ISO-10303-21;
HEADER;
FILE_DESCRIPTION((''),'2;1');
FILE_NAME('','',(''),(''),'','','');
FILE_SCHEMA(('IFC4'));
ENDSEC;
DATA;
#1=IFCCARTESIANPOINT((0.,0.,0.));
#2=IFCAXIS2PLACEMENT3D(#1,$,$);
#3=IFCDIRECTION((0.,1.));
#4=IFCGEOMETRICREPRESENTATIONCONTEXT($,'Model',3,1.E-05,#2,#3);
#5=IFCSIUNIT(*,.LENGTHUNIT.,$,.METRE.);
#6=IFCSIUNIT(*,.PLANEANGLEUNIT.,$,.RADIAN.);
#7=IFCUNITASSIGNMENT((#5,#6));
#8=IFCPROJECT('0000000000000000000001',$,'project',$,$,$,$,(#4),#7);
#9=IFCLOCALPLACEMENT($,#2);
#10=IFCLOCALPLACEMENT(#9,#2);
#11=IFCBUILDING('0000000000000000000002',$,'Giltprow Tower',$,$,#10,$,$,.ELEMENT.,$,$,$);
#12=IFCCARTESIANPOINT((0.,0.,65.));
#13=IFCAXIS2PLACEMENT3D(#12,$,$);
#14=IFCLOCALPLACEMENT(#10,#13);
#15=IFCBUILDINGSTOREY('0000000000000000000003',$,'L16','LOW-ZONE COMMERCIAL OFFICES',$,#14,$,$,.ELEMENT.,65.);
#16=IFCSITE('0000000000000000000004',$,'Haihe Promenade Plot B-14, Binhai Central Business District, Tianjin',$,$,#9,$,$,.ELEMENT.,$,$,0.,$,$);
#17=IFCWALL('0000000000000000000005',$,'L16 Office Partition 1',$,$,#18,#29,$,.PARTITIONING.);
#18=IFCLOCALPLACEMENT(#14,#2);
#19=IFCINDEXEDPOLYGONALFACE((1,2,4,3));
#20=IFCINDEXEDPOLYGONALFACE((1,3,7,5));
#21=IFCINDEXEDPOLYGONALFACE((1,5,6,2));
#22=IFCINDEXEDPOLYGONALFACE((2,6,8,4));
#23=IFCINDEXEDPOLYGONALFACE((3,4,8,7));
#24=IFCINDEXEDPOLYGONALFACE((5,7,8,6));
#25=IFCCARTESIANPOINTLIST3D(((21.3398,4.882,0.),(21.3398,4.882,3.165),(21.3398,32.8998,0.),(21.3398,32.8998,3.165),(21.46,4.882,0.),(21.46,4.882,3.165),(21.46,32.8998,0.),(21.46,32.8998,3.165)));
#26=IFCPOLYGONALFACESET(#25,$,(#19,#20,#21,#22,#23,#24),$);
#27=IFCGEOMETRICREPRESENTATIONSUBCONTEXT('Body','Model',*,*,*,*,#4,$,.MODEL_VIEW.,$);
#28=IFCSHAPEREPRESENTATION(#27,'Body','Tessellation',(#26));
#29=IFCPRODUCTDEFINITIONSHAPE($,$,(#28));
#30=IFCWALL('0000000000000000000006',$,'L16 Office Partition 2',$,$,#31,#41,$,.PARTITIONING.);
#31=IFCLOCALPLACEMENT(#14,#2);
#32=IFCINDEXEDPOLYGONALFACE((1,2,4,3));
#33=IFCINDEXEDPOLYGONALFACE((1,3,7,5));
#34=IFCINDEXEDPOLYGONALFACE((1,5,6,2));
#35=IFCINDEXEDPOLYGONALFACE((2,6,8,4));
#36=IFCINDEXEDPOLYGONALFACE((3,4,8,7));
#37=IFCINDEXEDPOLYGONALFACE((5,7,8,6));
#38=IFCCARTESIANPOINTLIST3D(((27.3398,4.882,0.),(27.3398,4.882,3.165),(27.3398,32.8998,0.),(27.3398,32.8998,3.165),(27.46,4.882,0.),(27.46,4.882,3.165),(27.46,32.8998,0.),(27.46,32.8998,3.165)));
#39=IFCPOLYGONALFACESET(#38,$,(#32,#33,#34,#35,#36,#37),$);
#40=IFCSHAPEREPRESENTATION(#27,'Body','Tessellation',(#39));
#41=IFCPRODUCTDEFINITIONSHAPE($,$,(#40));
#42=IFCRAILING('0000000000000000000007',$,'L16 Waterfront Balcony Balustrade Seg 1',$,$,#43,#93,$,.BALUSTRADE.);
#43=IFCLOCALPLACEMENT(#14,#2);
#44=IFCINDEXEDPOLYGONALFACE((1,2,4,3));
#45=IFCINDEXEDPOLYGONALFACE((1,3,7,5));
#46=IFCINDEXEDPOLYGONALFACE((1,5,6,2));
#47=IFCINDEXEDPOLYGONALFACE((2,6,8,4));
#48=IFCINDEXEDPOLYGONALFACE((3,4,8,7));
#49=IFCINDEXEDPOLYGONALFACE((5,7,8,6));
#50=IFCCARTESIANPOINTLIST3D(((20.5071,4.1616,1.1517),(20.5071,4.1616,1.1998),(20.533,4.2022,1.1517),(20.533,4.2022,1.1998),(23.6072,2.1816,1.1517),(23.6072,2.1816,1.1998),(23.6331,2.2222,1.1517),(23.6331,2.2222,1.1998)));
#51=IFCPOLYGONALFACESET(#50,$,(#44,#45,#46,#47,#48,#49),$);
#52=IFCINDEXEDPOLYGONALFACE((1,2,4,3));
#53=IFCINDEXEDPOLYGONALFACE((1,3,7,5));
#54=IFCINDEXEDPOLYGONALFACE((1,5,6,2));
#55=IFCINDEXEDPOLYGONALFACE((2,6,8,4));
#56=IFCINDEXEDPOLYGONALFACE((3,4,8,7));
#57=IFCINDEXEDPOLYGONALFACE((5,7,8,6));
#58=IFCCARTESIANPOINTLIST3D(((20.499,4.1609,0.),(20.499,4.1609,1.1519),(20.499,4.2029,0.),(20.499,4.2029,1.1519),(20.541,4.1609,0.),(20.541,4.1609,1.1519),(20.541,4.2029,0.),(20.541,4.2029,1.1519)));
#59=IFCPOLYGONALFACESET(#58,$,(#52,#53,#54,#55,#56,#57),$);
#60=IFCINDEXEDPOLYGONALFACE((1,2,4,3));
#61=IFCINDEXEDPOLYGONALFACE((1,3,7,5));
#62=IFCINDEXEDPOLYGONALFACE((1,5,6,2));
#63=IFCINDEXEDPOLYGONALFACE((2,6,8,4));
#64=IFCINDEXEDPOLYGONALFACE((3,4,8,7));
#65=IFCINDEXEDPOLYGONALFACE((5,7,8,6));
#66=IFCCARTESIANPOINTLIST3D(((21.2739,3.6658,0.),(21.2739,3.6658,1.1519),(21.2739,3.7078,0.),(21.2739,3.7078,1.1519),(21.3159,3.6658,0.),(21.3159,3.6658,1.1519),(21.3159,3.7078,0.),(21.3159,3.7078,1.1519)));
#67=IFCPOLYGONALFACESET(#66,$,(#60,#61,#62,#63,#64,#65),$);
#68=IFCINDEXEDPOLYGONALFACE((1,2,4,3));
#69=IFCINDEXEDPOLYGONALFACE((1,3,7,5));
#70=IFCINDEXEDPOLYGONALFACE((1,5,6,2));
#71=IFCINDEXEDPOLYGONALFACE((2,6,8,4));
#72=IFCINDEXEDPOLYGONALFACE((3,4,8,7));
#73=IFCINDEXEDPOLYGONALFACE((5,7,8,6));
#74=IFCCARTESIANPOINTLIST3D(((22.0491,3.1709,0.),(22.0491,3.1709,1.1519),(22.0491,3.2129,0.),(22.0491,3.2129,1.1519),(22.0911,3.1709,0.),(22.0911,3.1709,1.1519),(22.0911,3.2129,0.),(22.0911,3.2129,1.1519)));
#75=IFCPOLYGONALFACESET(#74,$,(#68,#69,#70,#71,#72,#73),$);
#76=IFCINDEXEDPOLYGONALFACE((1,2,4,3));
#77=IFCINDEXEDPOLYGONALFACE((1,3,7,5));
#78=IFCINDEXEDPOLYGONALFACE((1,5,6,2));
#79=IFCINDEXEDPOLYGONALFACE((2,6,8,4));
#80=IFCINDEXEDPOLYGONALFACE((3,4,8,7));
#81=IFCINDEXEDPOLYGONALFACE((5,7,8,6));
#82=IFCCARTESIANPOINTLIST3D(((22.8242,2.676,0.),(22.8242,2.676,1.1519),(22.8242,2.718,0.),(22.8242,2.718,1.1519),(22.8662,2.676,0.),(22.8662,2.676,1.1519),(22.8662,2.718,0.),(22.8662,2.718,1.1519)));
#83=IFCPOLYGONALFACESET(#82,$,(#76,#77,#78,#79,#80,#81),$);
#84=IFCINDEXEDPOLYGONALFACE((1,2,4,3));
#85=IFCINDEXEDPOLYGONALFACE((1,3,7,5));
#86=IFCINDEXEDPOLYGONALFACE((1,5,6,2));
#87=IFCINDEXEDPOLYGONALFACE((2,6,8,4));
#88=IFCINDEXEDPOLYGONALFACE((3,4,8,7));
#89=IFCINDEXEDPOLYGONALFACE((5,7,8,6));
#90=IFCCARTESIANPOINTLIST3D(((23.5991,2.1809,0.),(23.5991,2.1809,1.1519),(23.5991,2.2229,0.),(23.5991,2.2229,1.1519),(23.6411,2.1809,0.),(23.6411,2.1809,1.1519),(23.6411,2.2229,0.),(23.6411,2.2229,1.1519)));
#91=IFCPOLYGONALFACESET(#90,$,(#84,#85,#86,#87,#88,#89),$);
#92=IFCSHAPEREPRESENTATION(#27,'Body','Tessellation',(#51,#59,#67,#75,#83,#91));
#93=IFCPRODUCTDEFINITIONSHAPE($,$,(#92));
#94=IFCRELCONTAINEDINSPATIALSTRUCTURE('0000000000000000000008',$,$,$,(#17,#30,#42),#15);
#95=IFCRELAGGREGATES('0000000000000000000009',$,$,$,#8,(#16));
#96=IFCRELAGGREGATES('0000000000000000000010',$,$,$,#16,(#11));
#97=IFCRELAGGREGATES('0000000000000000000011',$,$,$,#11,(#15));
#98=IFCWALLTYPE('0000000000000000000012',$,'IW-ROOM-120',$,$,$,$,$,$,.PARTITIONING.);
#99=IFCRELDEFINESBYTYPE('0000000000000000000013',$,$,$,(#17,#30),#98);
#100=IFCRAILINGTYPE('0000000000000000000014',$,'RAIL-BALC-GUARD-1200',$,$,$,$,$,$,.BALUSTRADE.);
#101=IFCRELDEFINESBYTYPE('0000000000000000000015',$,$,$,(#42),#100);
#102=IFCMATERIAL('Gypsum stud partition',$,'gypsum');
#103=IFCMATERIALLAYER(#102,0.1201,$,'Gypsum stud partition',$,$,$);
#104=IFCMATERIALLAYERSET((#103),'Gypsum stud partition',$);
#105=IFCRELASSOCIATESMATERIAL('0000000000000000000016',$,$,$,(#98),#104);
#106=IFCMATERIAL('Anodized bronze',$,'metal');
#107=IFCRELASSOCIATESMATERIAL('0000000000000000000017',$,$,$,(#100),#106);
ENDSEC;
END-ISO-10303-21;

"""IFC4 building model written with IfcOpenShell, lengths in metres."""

from ifc_helpers import new_model, si_unit, direction, frame, frame_2d, origin, origin_2d, place, context, subcontext, project, spatial, rectangle, extrude, material, layer, layer_set, type_object, element, save


model = new_model("IFC4")

# Units and contexts
model_context = context("Model", 3, precision=1e-05, world=origin(), true_north=direction((0.0, 1.0)))
body_context = subcontext(model_context, "Body", "Model", "MODEL_VIEW")
ifc_project = project(units=[si_unit("LENGTHUNIT", "METRE"), si_unit("PLANEANGLEUNIT", "RADIAN")], contexts=[model_context])

# Site, building, storey
site_placement = place(None, origin())
site = spatial("IfcSite", under=ifc_project, at=site_placement, Name="Haihe Promenade Plot B-14, Binhai Central Business District, Tianjin", CompositionType="ELEMENT", RefElevation=0.0)
building_placement = place(site_placement, origin())
building = spatial("IfcBuilding", under=site, at=building_placement, Name="Giltprow Tower", CompositionType="ELEMENT")
storey_placement = place(building_placement, frame((0.0, 0.0, 65.0)))
storey = spatial("IfcBuildingStorey", under=building, at=storey_placement, Name="L16", Description="LOW-ZONE COMMERCIAL OFFICES", CompositionType="ELEMENT", Elevation=65.0)

# Shared definitions
ifc_material_1 = material(Name="Anodized bronze", Category="metal")

# Walls
ifc_material_2 = material(Name="Gypsum stud partition", Category="gypsum")
ifc_layer_1 = layer(ifc_material_2, 0.1201, Name="Gypsum stud partition")
ifc_layer_set_1 = layer_set([ifc_layer_1], Name="Gypsum stud partition")
wall_type_1 = type_object("IfcWallType", Name="IW-ROOM-120", PredefinedType="PARTITIONING", material=ifc_layer_set_1)
for number, where, z_axis, x_axis, name in (
    (1, (21.3999, 4.8821, 0.0), (0.0, 0.0, 1.0), (0.0, 1.0, 0.0), "L16 Office Partition 1"),
    (2, (27.3999, 4.8821, 0.0), (0.0, 0.0, 1.0), (0.0, 1.0, 0.0), "L16 Office Partition 2"),
):
    element("IfcWall", number, at=place(storey_placement, frame(where, z_axis=z_axis, x_axis=x_axis)), inside=storey, type_object=wall_type_1, Name=name, PredefinedType="PARTITIONING", context=body_context, shape_type="SweptSolid", body=[
        extrude(rectangle(XDim=28.0178, YDim=0.1201, at=frame_2d((14.0088, 0.0))), origin(), (0.0, 0.0, 1.0), 3.165),
    ])

# Railing
railing_type = type_object("IfcRailingType", Name="RAIL-BALC-GUARD-1200", PredefinedType="BALUSTRADE", material=ifc_material_1)
railing_1_placement = place(storey_placement, frame((20.52, 4.1819, 0.0)))
element("IfcRailing", 3, at=railing_1_placement, inside=storey, type_object=railing_type, Name="L16 Waterfront Balcony Balustrade Seg 1", PredefinedType="BALUSTRADE", context=body_context, shape_type="SweptSolid", body=[
    extrude(rectangle(XDim=0.0481, YDim=0.0481, at=origin_2d()), frame((0.0, 0.0, 1.1758), z_axis=(0.842775, -0.538266, 0.0), x_axis=(0.538266, 0.842775, 0.0)), (0.0, 0.0, 1.0), 3.6785),
    extrude(rectangle(XDim=0.042, YDim=0.042, at=origin_2d()), origin(), (0.0, 0.0, 1.0), 1.1519),
    extrude(rectangle(XDim=0.042, YDim=0.042, at=origin_2d()), frame((0.7749, -0.4951, 0.0)), (0.0, 0.0, 1.0), 1.1519),
    extrude(rectangle(XDim=0.042, YDim=0.042, at=origin_2d()), frame((1.55, -0.99, 0.0)), (0.0, 0.0, 1.0), 1.1519),
    extrude(rectangle(XDim=0.042, YDim=0.042, at=origin_2d()), frame((2.3252, -1.4849, 0.0)), (0.0, 0.0, 1.0), 1.1519),
    extrude(rectangle(XDim=0.042, YDim=0.042, at=origin_2d()), frame((3.1001, -1.98, 0.0)), (0.0, 0.0, 1.0), 1.1519),
])

save(model, "model.ifc")
